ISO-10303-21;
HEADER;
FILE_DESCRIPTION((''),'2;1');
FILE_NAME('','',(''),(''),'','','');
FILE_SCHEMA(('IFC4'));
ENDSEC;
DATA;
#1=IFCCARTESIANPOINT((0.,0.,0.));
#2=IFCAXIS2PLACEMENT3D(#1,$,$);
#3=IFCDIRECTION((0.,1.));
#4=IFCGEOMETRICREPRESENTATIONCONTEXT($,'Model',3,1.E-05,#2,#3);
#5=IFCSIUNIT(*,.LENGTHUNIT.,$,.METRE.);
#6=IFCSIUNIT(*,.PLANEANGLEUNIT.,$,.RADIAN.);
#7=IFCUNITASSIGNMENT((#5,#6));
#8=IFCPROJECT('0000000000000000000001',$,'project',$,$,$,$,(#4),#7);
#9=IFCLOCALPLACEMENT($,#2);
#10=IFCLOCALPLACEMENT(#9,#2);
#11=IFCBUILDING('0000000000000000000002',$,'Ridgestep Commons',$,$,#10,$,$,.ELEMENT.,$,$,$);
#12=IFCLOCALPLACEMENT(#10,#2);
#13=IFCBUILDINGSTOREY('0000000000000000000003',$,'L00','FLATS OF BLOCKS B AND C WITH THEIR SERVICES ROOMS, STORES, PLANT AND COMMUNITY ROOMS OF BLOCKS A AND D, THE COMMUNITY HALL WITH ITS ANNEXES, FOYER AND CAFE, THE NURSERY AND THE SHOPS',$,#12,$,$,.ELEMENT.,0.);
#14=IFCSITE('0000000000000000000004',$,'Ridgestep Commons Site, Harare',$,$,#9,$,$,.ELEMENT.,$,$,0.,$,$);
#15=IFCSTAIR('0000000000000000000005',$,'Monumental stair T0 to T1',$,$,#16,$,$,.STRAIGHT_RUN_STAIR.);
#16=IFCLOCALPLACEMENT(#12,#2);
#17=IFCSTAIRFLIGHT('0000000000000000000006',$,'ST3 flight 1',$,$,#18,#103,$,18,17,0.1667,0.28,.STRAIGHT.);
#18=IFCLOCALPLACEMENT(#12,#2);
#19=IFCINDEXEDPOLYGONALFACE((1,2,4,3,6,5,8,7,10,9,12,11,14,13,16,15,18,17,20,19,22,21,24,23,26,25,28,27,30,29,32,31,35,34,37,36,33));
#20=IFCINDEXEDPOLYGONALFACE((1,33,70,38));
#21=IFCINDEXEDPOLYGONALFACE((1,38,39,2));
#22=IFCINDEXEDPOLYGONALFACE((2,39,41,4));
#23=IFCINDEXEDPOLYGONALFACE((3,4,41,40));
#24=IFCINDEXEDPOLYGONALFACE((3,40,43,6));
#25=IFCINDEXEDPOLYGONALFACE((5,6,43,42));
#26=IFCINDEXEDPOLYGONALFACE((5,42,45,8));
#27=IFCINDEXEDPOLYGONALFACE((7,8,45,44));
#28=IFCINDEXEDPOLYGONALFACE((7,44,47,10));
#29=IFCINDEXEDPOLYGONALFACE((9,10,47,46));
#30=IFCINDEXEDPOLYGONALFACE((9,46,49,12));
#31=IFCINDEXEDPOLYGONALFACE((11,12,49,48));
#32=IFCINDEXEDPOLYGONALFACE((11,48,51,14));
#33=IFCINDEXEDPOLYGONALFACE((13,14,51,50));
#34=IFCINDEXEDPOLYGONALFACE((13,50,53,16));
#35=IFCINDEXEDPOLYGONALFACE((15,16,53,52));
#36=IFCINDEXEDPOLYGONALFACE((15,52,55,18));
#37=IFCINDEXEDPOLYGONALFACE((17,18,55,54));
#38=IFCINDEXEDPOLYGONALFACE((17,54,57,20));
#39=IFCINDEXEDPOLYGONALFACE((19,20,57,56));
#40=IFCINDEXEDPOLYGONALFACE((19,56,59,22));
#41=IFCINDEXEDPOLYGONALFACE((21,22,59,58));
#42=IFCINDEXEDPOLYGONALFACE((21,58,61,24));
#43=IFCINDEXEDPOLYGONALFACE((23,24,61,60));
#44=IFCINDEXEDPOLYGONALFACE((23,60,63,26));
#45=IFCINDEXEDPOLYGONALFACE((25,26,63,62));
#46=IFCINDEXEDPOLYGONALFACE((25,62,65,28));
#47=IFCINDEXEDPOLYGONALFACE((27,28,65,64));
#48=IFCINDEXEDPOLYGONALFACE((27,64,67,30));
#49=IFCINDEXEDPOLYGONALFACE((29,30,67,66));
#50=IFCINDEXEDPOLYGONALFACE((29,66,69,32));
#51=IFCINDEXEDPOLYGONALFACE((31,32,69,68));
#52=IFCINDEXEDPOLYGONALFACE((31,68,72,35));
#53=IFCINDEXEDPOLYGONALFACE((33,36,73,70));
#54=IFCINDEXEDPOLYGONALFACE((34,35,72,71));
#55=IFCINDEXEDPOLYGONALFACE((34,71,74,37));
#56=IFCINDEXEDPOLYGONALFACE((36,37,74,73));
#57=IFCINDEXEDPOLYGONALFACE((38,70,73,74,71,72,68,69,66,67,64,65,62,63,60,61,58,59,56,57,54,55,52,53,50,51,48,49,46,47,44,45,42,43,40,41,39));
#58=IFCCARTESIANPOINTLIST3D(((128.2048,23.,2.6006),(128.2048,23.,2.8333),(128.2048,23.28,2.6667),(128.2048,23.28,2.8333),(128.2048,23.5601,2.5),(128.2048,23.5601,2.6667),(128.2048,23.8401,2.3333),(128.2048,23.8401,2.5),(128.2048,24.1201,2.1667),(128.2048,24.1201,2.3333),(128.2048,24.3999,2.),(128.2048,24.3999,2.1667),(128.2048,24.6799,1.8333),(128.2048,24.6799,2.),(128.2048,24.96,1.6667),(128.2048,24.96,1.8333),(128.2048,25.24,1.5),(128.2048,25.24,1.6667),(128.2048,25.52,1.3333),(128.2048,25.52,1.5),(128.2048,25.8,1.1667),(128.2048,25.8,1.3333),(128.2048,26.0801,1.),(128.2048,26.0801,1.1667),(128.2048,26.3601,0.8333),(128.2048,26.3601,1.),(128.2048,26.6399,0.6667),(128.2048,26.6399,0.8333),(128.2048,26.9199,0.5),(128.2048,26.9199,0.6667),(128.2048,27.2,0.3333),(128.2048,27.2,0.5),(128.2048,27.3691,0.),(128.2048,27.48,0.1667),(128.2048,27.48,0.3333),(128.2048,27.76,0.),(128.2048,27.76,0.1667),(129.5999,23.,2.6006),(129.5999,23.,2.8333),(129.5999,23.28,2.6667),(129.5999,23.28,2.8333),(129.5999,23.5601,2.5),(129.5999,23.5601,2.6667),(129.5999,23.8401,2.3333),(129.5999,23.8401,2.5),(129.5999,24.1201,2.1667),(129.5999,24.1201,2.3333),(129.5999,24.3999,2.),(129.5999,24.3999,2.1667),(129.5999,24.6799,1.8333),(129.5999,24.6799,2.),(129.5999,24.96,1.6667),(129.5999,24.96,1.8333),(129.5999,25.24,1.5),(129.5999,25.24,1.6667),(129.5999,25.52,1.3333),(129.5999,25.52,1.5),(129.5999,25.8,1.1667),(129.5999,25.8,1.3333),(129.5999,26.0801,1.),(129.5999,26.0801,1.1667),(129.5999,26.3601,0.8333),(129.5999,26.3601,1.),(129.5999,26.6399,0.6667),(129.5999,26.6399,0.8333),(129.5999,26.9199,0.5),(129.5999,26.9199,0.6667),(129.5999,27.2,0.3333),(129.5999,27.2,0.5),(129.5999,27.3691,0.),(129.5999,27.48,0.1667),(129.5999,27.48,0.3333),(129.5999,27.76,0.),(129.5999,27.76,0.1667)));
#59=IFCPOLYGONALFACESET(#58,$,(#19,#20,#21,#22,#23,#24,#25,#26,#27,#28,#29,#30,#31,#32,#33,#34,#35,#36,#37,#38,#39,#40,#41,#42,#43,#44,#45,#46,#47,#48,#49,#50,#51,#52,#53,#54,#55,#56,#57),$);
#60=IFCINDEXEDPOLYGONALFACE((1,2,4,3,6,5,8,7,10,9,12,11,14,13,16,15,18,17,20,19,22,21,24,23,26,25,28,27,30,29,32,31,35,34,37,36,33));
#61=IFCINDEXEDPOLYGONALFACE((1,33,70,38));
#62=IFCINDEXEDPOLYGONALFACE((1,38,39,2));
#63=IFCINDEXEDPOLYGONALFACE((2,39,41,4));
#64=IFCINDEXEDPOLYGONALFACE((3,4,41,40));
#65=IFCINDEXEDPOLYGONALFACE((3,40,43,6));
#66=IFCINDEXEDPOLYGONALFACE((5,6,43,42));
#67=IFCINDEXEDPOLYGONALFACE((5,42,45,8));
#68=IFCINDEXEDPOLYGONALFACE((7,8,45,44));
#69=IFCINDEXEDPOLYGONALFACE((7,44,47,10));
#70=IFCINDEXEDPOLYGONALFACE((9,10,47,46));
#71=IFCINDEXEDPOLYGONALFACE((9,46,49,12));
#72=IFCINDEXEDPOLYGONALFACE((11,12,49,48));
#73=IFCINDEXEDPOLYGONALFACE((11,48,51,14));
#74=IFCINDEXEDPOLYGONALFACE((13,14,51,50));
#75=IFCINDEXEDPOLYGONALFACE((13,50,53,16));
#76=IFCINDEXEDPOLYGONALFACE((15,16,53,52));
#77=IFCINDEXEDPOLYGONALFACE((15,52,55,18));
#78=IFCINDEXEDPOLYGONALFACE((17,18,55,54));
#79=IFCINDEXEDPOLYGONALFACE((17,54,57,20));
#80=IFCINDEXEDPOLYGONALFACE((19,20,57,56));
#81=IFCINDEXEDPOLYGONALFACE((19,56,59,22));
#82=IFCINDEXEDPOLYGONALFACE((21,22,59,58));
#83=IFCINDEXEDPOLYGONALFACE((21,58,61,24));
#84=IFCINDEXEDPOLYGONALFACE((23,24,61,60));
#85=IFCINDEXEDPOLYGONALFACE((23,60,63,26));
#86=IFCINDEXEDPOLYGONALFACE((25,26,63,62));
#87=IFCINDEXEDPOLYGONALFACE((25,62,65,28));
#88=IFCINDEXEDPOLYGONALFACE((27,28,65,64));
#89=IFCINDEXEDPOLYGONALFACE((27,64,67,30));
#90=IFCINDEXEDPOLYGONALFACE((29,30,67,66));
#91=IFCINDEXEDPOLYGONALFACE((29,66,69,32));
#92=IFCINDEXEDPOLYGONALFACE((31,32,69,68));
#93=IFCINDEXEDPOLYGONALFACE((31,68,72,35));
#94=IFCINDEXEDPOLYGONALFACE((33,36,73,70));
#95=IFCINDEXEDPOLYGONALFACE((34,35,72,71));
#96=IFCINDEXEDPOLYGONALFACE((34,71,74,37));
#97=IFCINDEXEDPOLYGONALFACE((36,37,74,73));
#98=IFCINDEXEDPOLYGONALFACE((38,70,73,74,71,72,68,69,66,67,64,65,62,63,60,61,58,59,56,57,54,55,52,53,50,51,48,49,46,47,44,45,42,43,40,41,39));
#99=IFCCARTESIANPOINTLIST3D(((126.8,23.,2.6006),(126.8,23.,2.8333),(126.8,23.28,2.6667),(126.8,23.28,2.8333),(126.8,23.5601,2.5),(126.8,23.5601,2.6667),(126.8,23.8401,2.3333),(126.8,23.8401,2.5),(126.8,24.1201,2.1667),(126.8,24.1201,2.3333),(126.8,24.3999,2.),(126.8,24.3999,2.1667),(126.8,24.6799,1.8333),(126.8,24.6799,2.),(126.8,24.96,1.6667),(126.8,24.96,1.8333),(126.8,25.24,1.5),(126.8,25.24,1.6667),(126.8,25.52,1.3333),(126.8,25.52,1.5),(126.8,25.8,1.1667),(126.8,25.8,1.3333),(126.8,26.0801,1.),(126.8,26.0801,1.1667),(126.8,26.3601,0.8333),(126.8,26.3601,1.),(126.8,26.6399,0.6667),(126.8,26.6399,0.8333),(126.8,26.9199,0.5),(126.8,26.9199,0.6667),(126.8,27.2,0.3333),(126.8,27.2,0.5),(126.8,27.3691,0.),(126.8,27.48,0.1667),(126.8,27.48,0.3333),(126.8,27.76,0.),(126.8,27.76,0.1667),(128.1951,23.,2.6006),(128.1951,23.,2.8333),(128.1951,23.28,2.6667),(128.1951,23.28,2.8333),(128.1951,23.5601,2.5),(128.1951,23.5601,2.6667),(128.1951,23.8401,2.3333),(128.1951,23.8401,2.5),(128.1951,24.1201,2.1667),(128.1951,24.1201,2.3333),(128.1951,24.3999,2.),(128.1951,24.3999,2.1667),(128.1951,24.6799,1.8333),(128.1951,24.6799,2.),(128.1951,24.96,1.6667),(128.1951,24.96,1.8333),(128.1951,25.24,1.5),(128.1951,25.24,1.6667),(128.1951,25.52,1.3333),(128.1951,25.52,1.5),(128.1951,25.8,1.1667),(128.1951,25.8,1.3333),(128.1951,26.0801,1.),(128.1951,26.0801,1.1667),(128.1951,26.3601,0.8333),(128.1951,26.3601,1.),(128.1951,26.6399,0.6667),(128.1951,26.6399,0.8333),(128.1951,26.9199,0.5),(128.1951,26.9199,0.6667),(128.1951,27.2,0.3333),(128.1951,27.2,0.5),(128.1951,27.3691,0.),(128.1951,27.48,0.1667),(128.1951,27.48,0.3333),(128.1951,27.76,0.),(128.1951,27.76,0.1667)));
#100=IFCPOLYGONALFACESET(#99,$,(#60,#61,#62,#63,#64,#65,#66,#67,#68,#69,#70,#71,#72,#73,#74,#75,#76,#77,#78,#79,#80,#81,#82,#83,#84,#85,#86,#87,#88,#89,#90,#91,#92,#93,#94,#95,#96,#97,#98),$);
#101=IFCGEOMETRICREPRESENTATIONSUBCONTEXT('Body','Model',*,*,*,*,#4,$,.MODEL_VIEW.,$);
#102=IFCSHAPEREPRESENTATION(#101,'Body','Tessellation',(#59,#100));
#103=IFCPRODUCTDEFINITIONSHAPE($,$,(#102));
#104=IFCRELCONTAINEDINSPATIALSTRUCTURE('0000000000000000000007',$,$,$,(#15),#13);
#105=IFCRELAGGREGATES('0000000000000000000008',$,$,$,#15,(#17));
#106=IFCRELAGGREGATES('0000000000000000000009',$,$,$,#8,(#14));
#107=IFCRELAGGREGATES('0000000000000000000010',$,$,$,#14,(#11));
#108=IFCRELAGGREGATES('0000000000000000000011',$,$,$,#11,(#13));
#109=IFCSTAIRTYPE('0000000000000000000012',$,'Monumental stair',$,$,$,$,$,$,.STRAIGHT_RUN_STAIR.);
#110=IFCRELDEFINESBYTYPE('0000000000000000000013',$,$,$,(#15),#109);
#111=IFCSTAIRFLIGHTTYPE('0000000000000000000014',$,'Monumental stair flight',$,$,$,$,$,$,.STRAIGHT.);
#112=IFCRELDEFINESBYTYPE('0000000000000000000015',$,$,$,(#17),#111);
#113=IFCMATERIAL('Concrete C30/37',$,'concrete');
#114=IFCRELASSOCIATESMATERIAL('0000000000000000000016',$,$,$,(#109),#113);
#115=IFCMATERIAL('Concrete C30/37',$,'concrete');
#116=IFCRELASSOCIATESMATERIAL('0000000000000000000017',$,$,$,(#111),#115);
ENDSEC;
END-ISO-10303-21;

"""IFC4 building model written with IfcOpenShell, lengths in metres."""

from ifc_helpers import new_model, si_unit, direction, frame, origin, place, context, subcontext, project, spatial, polyline, outline, extrude, material, type_object, element, aggregate, save


model = new_model("IFC4")

# Units and contexts
model_context = context("Model", 3, precision=1e-05, world=origin(), true_north=direction((0.0, 1.0)))
body_context = subcontext(model_context, "Body", "Model", "MODEL_VIEW")
ifc_project = project(units=[si_unit("LENGTHUNIT", "METRE"), si_unit("PLANEANGLEUNIT", "RADIAN")], contexts=[model_context])

# Site, building, storey
site_placement = place(None, origin())
site = spatial("IfcSite", under=ifc_project, at=site_placement, Name="Ridgestep Commons Site, Harare", CompositionType="ELEMENT", RefElevation=0.0)
building_placement = place(site_placement, origin())
building = spatial("IfcBuilding", under=site, at=building_placement, Name="Ridgestep Commons", CompositionType="ELEMENT")
storey_placement = place(building_placement, origin())
storey = spatial("IfcBuildingStorey", under=building, at=storey_placement, Name="L00", Description="FLATS OF BLOCKS B AND C WITH THEIR SERVICES ROOMS, STORES, PLANT AND COMMUNITY ROOMS OF BLOCKS A AND D, THE COMMUNITY HALL WITH ITS ANNEXES, FOYER AND CAFE, THE NURSERY AND THE SHOPS", CompositionType="ELEMENT", Elevation=0.0)

# Stair, stair flight
ifc_material_1 = material(Name="Concrete C30/37", Category="concrete")
stair_type = type_object("IfcStairType", Name="Monumental stair", PredefinedType="STRAIGHT_RUN_STAIR", material=ifc_material_1)
stair_placement = place(storey_placement, origin())
stair = element("IfcStair", 1, at=stair_placement, inside=storey, type_object=stair_type, Name="Monumental stair T0 to T1", PredefinedType="STRAIGHT_RUN_STAIR")
ifc_material_2 = material(Name="Concrete C30/37", Category="concrete")
stair_flight_type = type_object("IfcStairFlightType", Name="Monumental stair flight", PredefinedType="STRAIGHT", material=ifc_material_2)
stair_flight_1_placement = place(storey_placement, frame((128.2, 27.76, 0.0), z_axis=(0.0, 0.0, 1.0), x_axis=(0.0, -1.0, 0.0)))
stair_flight_1 = element("IfcStairFlight", 2, at=stair_flight_1_placement, type_object=stair_flight_type, Name="ST3 flight 1", NumberOfRisers=18, NumberOfTreads=17, PredefinedType="STRAIGHT", RiserHeight=0.1667, TreadLength=0.28, context=body_context, shape_type="SweptSolid", body=[
    extrude(outline(polyline([(0.0, 0.0), (0.0, 0.1667), (0.28, 0.1667), (0.28, 0.3333), (0.5601, 0.3333), (0.5601, 0.5), (0.8401, 0.5), (0.8401, 0.6667), (1.1201, 0.6667), (1.1201, 0.8333), (1.3999, 0.8333), (1.3999, 1.0), (1.6799, 1.0), (1.6799, 1.1667), (1.96, 1.1667), (1.96, 1.3333), (2.24, 1.3333), (2.24, 1.5), (2.52, 1.5), (2.52, 1.6667), (2.8, 1.6667), (2.8, 1.8333), (3.0801, 1.8333), (3.0801, 2.0), (3.3601, 2.0), (3.3601, 2.1667), (3.6399, 2.1667), (3.6399, 2.3333), (3.9199, 2.3333), (3.9199, 2.5), (4.2, 2.5), (4.2, 2.6667), (4.48, 2.6667), (4.48, 2.8333), (4.76, 2.8333), (4.76, 3.0), (4.76, 2.6006), (0.3909, 0.0), (0.0, 0.0)])), frame((0.0, 1.3999, 0.0), z_axis=(0.0, -1.0, 0.0), x_axis=(1.0, 0.0, 0.0)), (0.0, 0.0, 1.0), 1.395),
    extrude(outline(polyline([(0.0, 0.0), (0.0, 0.1667), (0.28, 0.1667), (0.28, 0.3333), (0.5601, 0.3333), (0.5601, 0.5), (0.8401, 0.5), (0.8401, 0.6667), (1.1201, 0.6667), (1.1201, 0.8333), (1.3999, 0.8333), (1.3999, 1.0), (1.6799, 1.0), (1.6799, 1.1667), (1.96, 1.1667), (1.96, 1.3333), (2.24, 1.3333), (2.24, 1.5), (2.52, 1.5), (2.52, 1.6667), (2.8, 1.6667), (2.8, 1.8333), (3.0801, 1.8333), (3.0801, 2.0), (3.3601, 2.0), (3.3601, 2.1667), (3.6399, 2.1667), (3.6399, 2.3333), (3.9199, 2.3333), (3.9199, 2.5), (4.2, 2.5), (4.2, 2.6667), (4.48, 2.6667), (4.48, 2.8333), (4.76, 2.8333), (4.76, 3.0), (4.76, 2.6006), (0.3909, 0.0), (0.0, 0.0)])), frame((0.0, -0.0049, 0.0), z_axis=(0.0, -1.0, 0.0), x_axis=(1.0, 0.0, 0.0)), (0.0, 0.0, 1.0), 1.395),
])
aggregate(stair, [stair_flight_1])

save(model, "model.ifc")
